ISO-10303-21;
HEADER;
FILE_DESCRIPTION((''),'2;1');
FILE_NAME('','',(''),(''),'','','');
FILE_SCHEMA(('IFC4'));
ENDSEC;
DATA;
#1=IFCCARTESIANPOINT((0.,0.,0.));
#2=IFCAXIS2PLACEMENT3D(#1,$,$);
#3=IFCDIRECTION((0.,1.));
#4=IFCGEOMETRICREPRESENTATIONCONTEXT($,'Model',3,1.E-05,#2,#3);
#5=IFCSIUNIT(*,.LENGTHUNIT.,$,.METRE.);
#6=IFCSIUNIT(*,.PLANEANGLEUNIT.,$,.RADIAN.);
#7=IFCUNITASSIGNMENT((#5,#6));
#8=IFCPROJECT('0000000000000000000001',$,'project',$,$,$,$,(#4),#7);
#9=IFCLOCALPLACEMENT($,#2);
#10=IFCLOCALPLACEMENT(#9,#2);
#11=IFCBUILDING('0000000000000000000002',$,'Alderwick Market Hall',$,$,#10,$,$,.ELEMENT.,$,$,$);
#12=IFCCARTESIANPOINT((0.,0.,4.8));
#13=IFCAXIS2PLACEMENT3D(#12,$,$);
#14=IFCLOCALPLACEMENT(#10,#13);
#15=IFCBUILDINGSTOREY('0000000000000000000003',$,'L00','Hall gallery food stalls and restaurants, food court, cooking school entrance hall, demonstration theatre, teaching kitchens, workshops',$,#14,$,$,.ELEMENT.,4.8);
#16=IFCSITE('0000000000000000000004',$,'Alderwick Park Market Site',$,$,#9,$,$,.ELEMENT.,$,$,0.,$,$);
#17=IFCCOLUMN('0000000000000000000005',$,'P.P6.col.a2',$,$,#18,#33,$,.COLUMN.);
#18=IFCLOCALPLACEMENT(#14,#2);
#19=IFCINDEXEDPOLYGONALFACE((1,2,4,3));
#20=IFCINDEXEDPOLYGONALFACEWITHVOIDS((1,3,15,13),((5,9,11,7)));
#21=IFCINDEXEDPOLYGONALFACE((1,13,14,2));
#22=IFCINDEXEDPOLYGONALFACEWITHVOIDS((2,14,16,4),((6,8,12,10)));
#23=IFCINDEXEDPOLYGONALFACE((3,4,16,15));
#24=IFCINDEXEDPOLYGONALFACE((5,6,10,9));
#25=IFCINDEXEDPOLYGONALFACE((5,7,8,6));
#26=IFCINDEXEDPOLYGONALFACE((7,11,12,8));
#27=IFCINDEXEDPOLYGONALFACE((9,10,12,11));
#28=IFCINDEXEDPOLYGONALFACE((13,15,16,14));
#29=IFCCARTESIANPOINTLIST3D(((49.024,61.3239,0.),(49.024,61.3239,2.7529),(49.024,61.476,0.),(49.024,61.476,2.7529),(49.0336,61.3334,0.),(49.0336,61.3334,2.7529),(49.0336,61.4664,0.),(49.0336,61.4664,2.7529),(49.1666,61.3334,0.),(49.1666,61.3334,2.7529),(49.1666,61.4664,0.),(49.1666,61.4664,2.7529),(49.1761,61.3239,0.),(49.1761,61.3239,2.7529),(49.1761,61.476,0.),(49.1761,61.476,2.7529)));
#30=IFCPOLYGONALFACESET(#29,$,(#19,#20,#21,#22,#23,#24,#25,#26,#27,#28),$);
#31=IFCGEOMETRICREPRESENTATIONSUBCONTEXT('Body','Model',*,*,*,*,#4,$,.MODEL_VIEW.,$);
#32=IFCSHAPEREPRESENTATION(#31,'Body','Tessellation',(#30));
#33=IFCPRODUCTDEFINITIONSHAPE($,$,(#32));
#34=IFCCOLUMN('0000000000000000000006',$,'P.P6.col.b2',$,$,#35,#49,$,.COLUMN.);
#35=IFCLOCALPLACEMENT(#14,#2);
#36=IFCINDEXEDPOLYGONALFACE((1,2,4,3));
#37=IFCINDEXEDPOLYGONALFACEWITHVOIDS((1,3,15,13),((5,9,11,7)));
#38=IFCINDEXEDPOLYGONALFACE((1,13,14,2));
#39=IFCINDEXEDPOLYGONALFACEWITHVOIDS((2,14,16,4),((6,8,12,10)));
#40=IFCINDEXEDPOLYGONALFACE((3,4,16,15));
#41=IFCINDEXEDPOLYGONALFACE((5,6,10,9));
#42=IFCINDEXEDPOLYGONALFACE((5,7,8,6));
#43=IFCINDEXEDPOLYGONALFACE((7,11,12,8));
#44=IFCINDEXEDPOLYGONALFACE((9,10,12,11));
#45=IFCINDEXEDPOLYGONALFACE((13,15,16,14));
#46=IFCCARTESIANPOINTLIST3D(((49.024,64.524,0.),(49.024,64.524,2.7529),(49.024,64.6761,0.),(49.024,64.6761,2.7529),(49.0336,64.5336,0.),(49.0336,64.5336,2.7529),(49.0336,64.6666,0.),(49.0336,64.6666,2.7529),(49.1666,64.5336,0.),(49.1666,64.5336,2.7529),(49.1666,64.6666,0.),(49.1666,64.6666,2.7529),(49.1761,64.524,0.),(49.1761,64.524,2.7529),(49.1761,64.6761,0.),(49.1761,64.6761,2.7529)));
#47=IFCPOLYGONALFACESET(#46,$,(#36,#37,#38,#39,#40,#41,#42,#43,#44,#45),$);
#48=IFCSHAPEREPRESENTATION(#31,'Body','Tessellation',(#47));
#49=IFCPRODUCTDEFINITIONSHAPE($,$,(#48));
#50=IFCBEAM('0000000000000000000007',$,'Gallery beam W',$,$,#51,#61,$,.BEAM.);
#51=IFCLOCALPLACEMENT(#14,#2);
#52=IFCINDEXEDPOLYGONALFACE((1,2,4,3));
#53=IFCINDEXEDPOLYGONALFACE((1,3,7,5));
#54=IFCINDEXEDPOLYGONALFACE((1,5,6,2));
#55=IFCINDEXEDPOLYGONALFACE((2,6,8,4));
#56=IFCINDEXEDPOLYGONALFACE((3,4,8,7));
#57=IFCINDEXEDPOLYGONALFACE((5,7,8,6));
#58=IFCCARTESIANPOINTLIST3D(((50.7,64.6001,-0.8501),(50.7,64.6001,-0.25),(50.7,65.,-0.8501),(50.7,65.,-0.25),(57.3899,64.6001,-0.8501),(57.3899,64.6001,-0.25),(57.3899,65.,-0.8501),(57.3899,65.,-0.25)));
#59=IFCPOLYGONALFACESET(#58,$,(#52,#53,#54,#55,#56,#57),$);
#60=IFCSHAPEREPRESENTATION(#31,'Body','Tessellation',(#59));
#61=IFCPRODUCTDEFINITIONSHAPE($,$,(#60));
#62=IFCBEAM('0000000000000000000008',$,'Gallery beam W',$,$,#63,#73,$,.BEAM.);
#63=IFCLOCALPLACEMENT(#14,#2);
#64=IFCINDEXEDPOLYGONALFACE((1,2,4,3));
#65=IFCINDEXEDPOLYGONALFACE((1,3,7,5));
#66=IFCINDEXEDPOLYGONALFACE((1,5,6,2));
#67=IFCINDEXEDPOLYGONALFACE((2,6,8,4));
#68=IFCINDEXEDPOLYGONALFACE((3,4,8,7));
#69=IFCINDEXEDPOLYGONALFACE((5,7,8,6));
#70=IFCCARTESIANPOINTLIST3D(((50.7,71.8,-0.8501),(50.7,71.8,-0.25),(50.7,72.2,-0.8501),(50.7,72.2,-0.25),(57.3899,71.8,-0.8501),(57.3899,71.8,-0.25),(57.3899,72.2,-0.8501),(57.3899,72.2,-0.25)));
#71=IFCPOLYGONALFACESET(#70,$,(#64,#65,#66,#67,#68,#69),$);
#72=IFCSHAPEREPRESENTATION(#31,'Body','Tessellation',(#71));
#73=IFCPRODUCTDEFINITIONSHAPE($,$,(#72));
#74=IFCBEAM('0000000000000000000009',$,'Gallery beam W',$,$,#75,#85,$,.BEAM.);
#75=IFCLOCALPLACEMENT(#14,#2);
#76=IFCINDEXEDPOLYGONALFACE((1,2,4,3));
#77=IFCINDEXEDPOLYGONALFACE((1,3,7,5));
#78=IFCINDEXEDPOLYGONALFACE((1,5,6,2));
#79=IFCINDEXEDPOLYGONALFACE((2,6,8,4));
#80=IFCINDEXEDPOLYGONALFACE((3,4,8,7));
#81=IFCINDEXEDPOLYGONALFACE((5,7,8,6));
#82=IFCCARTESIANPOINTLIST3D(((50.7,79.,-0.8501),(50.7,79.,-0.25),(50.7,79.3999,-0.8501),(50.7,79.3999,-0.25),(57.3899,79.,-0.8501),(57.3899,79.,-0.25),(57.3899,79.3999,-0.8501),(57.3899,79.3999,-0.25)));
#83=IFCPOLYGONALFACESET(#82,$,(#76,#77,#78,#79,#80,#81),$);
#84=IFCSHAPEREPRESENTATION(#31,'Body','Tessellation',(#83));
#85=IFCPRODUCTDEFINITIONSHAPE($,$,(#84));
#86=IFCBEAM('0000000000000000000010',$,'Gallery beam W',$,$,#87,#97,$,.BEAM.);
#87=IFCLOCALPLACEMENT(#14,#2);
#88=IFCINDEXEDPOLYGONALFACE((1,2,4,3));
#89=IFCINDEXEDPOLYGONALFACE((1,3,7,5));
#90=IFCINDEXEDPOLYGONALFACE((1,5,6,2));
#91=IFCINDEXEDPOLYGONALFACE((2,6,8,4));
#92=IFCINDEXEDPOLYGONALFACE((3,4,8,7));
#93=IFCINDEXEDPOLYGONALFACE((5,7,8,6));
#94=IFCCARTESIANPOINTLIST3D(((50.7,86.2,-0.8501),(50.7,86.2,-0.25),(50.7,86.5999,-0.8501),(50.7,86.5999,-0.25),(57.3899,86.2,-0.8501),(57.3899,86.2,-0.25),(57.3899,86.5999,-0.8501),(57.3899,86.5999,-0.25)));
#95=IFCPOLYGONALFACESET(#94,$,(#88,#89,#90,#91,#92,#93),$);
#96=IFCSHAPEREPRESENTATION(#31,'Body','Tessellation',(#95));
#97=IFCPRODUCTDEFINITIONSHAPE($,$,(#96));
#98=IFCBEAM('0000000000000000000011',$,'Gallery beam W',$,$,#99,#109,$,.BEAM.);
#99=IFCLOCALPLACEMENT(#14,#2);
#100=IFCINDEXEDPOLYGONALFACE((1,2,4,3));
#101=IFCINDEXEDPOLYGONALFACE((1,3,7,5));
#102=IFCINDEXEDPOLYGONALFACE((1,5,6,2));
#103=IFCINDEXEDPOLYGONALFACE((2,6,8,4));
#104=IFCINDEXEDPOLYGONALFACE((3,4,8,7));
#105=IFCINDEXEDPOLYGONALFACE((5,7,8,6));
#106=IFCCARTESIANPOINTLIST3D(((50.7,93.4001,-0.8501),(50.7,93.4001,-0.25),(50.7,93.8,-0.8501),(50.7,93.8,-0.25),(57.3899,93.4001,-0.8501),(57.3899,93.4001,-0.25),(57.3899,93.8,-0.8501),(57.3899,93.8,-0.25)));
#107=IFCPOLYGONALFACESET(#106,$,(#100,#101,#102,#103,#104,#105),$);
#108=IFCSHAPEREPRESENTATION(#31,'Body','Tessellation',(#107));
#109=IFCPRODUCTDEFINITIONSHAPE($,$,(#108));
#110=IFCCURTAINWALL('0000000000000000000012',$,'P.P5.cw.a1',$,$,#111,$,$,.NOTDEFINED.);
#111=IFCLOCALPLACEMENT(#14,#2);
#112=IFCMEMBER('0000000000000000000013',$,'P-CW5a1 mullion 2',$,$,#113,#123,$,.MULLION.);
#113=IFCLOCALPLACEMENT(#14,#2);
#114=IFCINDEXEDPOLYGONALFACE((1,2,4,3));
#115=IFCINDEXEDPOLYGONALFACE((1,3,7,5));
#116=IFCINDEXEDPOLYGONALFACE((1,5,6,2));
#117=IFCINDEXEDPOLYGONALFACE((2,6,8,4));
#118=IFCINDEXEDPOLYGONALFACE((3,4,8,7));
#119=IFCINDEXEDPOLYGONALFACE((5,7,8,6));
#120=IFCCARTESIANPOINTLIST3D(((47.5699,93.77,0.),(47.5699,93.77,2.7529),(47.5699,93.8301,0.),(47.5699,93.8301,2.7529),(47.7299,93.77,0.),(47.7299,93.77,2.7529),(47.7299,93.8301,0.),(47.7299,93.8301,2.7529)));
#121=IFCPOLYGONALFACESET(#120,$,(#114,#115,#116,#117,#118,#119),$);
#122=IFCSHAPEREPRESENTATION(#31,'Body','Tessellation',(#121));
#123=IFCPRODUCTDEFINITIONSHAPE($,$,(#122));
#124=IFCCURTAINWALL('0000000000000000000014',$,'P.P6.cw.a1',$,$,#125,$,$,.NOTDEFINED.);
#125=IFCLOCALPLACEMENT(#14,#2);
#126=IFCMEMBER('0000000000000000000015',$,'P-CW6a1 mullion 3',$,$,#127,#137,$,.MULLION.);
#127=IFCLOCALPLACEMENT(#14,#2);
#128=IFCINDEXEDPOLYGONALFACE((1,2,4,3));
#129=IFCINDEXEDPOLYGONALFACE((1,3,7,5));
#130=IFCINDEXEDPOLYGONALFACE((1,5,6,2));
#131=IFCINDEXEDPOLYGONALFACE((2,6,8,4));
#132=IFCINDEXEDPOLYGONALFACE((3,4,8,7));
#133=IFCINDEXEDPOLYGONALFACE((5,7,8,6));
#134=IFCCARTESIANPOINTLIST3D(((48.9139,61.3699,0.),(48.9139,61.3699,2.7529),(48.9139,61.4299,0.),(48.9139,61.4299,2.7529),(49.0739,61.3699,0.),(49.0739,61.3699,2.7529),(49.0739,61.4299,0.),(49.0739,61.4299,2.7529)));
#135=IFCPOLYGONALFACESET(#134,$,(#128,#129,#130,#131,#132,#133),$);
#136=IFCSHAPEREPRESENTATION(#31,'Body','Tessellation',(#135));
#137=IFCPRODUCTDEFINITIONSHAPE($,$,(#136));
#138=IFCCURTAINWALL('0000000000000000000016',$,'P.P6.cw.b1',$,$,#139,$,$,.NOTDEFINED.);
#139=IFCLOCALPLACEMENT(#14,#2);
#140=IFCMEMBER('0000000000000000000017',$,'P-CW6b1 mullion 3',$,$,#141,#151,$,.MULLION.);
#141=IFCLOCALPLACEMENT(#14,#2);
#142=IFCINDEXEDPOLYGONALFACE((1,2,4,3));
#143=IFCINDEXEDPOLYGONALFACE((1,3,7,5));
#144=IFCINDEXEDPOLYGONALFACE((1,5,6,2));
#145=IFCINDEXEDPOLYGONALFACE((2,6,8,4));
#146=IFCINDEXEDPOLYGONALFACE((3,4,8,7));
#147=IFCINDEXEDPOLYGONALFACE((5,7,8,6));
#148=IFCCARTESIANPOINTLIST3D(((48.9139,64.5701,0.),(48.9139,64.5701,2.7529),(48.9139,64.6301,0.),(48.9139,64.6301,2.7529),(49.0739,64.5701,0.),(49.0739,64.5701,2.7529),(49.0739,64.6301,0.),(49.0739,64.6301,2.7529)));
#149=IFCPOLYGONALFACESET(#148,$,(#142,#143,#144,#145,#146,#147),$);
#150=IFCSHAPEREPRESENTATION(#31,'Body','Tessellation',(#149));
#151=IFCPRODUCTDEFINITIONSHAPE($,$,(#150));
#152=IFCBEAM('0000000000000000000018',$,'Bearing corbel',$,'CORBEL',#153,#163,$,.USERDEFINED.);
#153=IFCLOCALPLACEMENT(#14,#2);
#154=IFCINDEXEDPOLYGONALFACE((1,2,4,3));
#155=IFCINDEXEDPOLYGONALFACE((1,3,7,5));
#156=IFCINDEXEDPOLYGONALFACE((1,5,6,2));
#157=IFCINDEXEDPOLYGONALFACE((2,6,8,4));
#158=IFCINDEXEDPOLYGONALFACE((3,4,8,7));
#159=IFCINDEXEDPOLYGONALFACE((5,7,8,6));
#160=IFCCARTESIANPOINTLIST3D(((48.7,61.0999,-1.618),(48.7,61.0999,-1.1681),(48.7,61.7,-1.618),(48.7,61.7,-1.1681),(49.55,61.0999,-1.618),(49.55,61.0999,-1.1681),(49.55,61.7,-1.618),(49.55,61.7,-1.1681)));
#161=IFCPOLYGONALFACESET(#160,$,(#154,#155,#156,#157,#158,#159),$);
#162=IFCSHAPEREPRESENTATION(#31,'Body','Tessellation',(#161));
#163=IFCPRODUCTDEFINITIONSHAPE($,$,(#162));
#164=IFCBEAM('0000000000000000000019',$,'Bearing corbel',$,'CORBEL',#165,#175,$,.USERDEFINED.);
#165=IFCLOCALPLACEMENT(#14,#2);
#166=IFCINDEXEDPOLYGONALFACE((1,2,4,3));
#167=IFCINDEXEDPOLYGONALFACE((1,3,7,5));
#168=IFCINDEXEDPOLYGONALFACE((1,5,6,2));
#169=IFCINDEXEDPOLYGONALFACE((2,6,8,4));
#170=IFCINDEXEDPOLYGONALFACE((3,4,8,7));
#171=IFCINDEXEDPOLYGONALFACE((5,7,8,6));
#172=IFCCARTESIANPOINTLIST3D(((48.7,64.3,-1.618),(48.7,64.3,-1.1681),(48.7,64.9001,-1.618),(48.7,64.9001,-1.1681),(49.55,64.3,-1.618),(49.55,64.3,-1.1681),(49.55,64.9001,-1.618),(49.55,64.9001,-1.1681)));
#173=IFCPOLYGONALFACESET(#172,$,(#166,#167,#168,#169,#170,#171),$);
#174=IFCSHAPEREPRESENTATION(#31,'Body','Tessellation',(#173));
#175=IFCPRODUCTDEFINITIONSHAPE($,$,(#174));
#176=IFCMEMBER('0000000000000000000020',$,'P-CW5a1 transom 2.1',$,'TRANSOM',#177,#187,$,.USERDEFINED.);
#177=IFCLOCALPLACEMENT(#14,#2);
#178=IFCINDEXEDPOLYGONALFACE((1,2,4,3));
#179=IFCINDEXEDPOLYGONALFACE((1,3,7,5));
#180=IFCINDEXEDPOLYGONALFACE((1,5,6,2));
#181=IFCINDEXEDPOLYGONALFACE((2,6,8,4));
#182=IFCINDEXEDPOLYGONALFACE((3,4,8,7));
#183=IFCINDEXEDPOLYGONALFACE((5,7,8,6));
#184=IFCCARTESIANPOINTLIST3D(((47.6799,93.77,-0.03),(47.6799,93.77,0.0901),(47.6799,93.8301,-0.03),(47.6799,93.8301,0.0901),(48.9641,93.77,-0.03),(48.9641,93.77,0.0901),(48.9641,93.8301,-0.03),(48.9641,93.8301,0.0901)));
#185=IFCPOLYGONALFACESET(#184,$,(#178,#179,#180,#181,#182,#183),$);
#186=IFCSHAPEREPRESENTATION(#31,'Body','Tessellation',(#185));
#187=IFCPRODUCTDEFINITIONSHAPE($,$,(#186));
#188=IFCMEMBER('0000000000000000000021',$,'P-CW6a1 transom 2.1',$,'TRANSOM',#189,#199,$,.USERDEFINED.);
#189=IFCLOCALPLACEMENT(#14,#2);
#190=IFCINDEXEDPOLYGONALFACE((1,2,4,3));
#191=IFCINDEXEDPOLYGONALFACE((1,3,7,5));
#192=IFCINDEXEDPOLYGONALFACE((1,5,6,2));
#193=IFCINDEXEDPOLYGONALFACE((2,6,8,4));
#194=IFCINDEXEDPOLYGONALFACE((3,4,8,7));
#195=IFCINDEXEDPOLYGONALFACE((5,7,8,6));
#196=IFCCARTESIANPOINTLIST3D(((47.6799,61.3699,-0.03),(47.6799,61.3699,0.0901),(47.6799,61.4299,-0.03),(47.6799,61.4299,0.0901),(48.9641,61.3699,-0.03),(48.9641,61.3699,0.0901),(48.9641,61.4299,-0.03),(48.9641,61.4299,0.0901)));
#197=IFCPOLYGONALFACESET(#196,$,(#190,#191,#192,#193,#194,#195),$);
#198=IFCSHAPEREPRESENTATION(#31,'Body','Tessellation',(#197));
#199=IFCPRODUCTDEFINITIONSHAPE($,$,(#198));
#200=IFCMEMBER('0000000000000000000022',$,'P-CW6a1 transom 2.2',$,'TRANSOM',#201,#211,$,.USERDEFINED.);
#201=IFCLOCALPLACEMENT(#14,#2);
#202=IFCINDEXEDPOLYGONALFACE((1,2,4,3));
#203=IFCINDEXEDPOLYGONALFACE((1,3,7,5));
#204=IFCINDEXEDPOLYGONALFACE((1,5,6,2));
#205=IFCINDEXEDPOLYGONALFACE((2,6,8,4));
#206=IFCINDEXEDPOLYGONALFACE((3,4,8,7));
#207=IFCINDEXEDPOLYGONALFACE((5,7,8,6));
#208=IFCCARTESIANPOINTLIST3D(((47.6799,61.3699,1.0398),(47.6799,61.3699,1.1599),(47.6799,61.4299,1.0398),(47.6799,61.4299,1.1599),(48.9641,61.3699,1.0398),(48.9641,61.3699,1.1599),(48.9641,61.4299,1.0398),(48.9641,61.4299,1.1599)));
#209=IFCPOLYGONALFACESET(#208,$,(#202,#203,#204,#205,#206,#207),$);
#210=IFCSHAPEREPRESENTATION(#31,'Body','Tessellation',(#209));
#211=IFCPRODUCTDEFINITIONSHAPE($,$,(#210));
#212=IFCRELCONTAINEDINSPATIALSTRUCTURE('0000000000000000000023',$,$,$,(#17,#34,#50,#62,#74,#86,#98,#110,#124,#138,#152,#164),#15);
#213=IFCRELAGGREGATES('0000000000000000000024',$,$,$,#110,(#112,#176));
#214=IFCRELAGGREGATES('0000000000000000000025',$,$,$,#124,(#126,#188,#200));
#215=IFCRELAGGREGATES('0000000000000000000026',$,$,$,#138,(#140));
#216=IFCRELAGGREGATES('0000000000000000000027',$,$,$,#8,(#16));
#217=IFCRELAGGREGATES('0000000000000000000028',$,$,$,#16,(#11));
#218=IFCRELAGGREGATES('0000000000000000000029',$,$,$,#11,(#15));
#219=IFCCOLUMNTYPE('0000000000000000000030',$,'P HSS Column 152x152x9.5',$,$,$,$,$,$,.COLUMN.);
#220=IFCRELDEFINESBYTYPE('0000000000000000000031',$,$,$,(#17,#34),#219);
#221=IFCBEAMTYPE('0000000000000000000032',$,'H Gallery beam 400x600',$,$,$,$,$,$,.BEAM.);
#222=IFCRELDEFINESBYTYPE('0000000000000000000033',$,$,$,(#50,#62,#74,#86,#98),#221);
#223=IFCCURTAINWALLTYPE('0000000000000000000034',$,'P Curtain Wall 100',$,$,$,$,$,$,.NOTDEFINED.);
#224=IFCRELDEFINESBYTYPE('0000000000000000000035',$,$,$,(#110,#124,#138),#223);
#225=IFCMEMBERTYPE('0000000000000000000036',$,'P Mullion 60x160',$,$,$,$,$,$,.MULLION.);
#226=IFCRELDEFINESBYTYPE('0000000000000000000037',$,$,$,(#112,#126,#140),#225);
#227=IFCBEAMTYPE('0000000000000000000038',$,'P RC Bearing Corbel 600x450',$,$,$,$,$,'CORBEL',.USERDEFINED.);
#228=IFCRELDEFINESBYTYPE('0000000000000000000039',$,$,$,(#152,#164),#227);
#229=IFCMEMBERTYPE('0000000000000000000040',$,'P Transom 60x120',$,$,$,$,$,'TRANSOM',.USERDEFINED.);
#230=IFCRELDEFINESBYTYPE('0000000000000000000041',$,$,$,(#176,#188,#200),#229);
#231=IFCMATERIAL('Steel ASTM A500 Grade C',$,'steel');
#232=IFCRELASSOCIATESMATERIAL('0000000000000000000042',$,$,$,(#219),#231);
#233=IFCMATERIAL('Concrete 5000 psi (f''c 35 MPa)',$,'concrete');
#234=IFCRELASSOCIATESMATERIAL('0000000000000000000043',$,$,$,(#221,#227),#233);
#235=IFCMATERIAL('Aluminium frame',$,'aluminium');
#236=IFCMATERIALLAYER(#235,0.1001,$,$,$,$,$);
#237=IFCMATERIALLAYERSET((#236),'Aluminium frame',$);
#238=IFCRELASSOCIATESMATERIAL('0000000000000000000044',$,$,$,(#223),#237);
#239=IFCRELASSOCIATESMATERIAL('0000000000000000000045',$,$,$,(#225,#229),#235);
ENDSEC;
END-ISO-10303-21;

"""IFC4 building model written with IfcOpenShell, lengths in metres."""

from ifc_helpers import new_model, si_unit, direction, frame, origin, origin_2d, place, context, subcontext, project, spatial, rectangle, hollow_rectangle, extrude, material, layer, layer_set, material_profile, profile_set, type_object, element, aggregate, save


model = new_model("IFC4")

# Units and contexts
model_context = context("Model", 3, precision=1e-05, world=origin(), true_north=direction((0.0, 1.0)))
body_context = subcontext(model_context, "Body", "Model", "MODEL_VIEW")
ifc_project = project(units=[si_unit("LENGTHUNIT", "METRE"), si_unit("PLANEANGLEUNIT", "RADIAN")], contexts=[model_context])

# Site, building, storey
site_placement = place(None, origin())
site = spatial("IfcSite", under=ifc_project, at=site_placement, Name="Alderwick Park Market Site", CompositionType="ELEMENT", RefElevation=0.0)
building_placement = place(site_placement, origin())
building = spatial("IfcBuilding", under=site, at=building_placement, Name="Alderwick Market Hall", CompositionType="ELEMENT")
storey_placement = place(building_placement, frame((0.0, 0.0, 4.8)))
storey = spatial("IfcBuildingStorey", under=building, at=storey_placement, Name="L00", Description="Hall gallery food stalls and restaurants, food court, cooking school entrance hall, demonstration theatre, teaching kitchens, workshops", CompositionType="ELEMENT", Elevation=4.8)

# Columns
ifc_material_1 = material(Name="Steel ASTM A500 Grade C", Category="steel")
ifc_material_profile_1 = material_profile(ifc_material_1, hollow_rectangle(XDim=0.1521, YDim=0.1521, WallThickness=0.0095, at=origin_2d()), Name="HSS152x152x9.5")
ifc_profile_set_1 = profile_set([ifc_material_profile_1], Name="Steel ASTM A500 Grade C")
column_type = type_object("IfcColumnType", Name="P HSS Column 152x152x9.5", PredefinedType="COLUMN", material=ifc_profile_set_1)
for number, where, z_axis, x_axis, name in (
    (1, (49.1001, 61.3999, 0.0), (0.0, 0.0, 1.0), (1.0, 0.0, 0.0), "P.P6.col.a2"),
    (2, (49.1001, 64.6001, 0.0), (0.0, 0.0, 1.0), (1.0, 0.0, 0.0), "P.P6.col.b2"),
):
    element("IfcColumn", number, at=place(storey_placement, frame(where, z_axis=z_axis, x_axis=x_axis)), inside=storey, type_object=column_type, Name=name, PredefinedType="COLUMN", context=body_context, shape_type="SweptSolid", body=[
        extrude(hollow_rectangle(XDim=0.1521, YDim=0.1521, WallThickness=0.0095, at=origin_2d()), origin(), (0.0, 0.0, 1.0), 2.7529),
    ])

# Beams
ifc_material_2 = material(Name="Concrete 5000 psi (f'c 35 MPa)", Category="concrete")
ifc_material_profile_2 = material_profile(ifc_material_2, rectangle(XDim=0.3999, YDim=0.6001, at=origin_2d()), Name="RC 400x600")
ifc_profile_set_2 = profile_set([ifc_material_profile_2], Name="Concrete 5000 psi (f'c 35 MPa)")
beam_type_1 = type_object("IfcBeamType", Name="H Gallery beam 400x600", PredefinedType="BEAM", material=ifc_profile_set_2)
for number, where, z_axis, x_axis, name in (
    (3, (50.7, 64.8, -0.55), (1.0, 0.0, 0.0), (0.0, 1.0, 0.0), "Gallery beam W"),
    (4, (50.7, 72.0, -0.55), (1.0, 0.0, 0.0), (0.0, 1.0, 0.0), "Gallery beam W"),
    (5, (50.7, 79.2, -0.55), (1.0, 0.0, 0.0), (0.0, 1.0, 0.0), "Gallery beam W"),
    (6, (50.7, 86.3999, -0.55), (1.0, 0.0, 0.0), (0.0, 1.0, 0.0), "Gallery beam W"),
    (7, (50.7, 93.6001, -0.55), (1.0, 0.0, 0.0), (0.0, 1.0, 0.0), "Gallery beam W"),
):
    element("IfcBeam", number, at=place(storey_placement, frame(where, z_axis=z_axis, x_axis=x_axis)), inside=storey, type_object=beam_type_1, Name=name, PredefinedType="BEAM", context=body_context, shape_type="SweptSolid", body=[
        extrude(rectangle(XDim=0.3999, YDim=0.6001, at=origin_2d()), origin(), (0.0, 0.0, 1.0), 6.6899),
    ])

# Curtain walls, members
ifc_material_3 = material(Name="Aluminium frame", Category="aluminium")
ifc_layer_1 = layer(ifc_material_3, 0.1001)
ifc_layer_set_1 = layer_set([ifc_layer_1], Name="Aluminium frame")
curtain_wall_type = type_object("IfcCurtainWallType", Name="P Curtain Wall 100", PredefinedType="NOTDEFINED", material=ifc_layer_set_1)
curtain_wall_1_placement = place(storey_placement, origin())
curtain_wall_1 = element("IfcCurtainWall", 8, at=curtain_wall_1_placement, inside=storey, type_object=curtain_wall_type, Name="P.P5.cw.a1", PredefinedType="NOTDEFINED")
ifc_material_profile_3 = material_profile(ifc_material_3, rectangle(XDim=0.0601, YDim=0.1599, at=origin_2d()), Name="P Mullion 60x160")
ifc_profile_set_3 = profile_set([ifc_material_profile_3], Name="Aluminium frame")
member_type_1 = type_object("IfcMemberType", Name="P Mullion 60x160", PredefinedType="MULLION", material=ifc_profile_set_3)
member_1_placement = place(storey_placement, frame((47.6499, 93.8, 0.0), z_axis=(0.0, 0.0, 1.0), x_axis=(0.0, 1.0, 0.0)))
member_1 = element("IfcMember", 9, at=member_1_placement, type_object=member_type_1, Name="P-CW5a1 mullion 2", PredefinedType="MULLION", context=body_context, shape_type="SweptSolid", body=[
    extrude(rectangle(XDim=0.0601, YDim=0.1599, at=origin_2d()), origin(), (0.0, 0.0, 1.0), 2.7529),
])
curtain_wall_2_placement = place(storey_placement, origin())
curtain_wall_2 = element("IfcCurtainWall", 10, at=curtain_wall_2_placement, inside=storey, type_object=curtain_wall_type, Name="P.P6.cw.a1", PredefinedType="NOTDEFINED")
member_2_placement = place(storey_placement, frame((48.9939, 61.3999, 0.0), z_axis=(0.0, 0.0, 1.0), x_axis=(0.0, 1.0, 0.0)))
member_2 = element("IfcMember", 11, at=member_2_placement, type_object=member_type_1, Name="P-CW6a1 mullion 3", PredefinedType="MULLION", context=body_context, shape_type="SweptSolid", body=[
    extrude(rectangle(XDim=0.0601, YDim=0.1599, at=origin_2d()), origin(), (0.0, 0.0, 1.0), 2.7529),
])
curtain_wall_3_placement = place(storey_placement, origin())
curtain_wall_3 = element("IfcCurtainWall", 12, at=curtain_wall_3_placement, inside=storey, type_object=curtain_wall_type, Name="P.P6.cw.b1", PredefinedType="NOTDEFINED")
member_3_placement = place(storey_placement, frame((48.9939, 64.6001, 0.0), z_axis=(0.0, 0.0, 1.0), x_axis=(0.0, 1.0, 0.0)))
member_3 = element("IfcMember", 13, at=member_3_placement, type_object=member_type_1, Name="P-CW6b1 mullion 3", PredefinedType="MULLION", context=body_context, shape_type="SweptSolid", body=[
    extrude(rectangle(XDim=0.0601, YDim=0.1599, at=origin_2d()), origin(), (0.0, 0.0, 1.0), 2.7529),
])

# Beams
ifc_material_profile_4 = material_profile(ifc_material_2, rectangle(XDim=0.6001, YDim=0.45, at=origin_2d()), Name="P RC Bearing Corbel 600x450")
ifc_profile_set_4 = profile_set([ifc_material_profile_4], Name="Concrete 5000 psi (f'c 35 MPa)")
beam_type_2 = type_object("IfcBeamType", Name="P RC Bearing Corbel 600x450", ElementType="CORBEL", PredefinedType="USERDEFINED", material=ifc_profile_set_4)
for number, where, z_axis, x_axis, name in (
    (14, (48.7, 61.3999, -1.3931), (1.0, 0.0, 0.0), (0.0, 1.0, 0.0), "Bearing corbel"),
    (15, (48.7, 64.6001, -1.3931), (1.0, 0.0, 0.0), (0.0, 1.0, 0.0), "Bearing corbel"),
):
    element("IfcBeam", number, at=place(storey_placement, frame(where, z_axis=z_axis, x_axis=x_axis)), inside=storey, type_object=beam_type_2, Name=name, ObjectType="CORBEL", PredefinedType="USERDEFINED", context=body_context, shape_type="SweptSolid", body=[
        extrude(rectangle(XDim=0.6001, YDim=0.45, at=origin_2d()), origin(), (0.0, 0.0, 1.0), 0.8501),
    ])

# Members
ifc_material_profile_5 = material_profile(ifc_material_3, rectangle(XDim=0.0601, YDim=0.1201, at=origin_2d()), Name="P Transom 60x120")
ifc_profile_set_5 = profile_set([ifc_material_profile_5], Name="Aluminium frame")
member_type_2 = type_object("IfcMemberType", Name="P Transom 60x120", ElementType="TRANSOM", PredefinedType="USERDEFINED", material=ifc_profile_set_5)
member_4_placement = place(storey_placement, frame((47.6799, 93.8, 0.03), z_axis=(1.0, 0.0, 0.0), x_axis=(0.0, 1.0, 0.0)))
member_4 = element("IfcMember", 16, at=member_4_placement, type_object=member_type_2, Name="P-CW5a1 transom 2.1", ObjectType="TRANSOM", PredefinedType="USERDEFINED", context=body_context, shape_type="SweptSolid", body=[
    extrude(rectangle(XDim=0.0601, YDim=0.1201, at=origin_2d()), origin(), (0.0, 0.0, 1.0), 1.2842),
])
aggregate(curtain_wall_1, [member_1, member_4])
member_5_placement = place(storey_placement, frame((47.6799, 61.3999, 0.03), z_axis=(1.0, 0.0, 0.0), x_axis=(0.0, 1.0, 0.0)))
member_5 = element("IfcMember", 17, at=member_5_placement, type_object=member_type_2, Name="P-CW6a1 transom 2.1", ObjectType="TRANSOM", PredefinedType="USERDEFINED", context=body_context, shape_type="SweptSolid", body=[
    extrude(rectangle(XDim=0.0601, YDim=0.1201, at=origin_2d()), origin(), (0.0, 0.0, 1.0), 1.2842),
])
member_6_placement = place(storey_placement, frame((47.6799, 61.3999, 1.0999), z_axis=(1.0, 0.0, 0.0), x_axis=(0.0, 1.0, 0.0)))
member_6 = element("IfcMember", 18, at=member_6_placement, type_object=member_type_2, Name="P-CW6a1 transom 2.2", ObjectType="TRANSOM", PredefinedType="USERDEFINED", context=body_context, shape_type="SweptSolid", body=[
    extrude(rectangle(XDim=0.0601, YDim=0.1201, at=origin_2d()), origin(), (0.0, 0.0, 1.0), 1.2842),
])

aggregate(curtain_wall_2, [member_2, member_5, member_6])
aggregate(curtain_wall_3, [member_3])

save(model, "model.ifc")
